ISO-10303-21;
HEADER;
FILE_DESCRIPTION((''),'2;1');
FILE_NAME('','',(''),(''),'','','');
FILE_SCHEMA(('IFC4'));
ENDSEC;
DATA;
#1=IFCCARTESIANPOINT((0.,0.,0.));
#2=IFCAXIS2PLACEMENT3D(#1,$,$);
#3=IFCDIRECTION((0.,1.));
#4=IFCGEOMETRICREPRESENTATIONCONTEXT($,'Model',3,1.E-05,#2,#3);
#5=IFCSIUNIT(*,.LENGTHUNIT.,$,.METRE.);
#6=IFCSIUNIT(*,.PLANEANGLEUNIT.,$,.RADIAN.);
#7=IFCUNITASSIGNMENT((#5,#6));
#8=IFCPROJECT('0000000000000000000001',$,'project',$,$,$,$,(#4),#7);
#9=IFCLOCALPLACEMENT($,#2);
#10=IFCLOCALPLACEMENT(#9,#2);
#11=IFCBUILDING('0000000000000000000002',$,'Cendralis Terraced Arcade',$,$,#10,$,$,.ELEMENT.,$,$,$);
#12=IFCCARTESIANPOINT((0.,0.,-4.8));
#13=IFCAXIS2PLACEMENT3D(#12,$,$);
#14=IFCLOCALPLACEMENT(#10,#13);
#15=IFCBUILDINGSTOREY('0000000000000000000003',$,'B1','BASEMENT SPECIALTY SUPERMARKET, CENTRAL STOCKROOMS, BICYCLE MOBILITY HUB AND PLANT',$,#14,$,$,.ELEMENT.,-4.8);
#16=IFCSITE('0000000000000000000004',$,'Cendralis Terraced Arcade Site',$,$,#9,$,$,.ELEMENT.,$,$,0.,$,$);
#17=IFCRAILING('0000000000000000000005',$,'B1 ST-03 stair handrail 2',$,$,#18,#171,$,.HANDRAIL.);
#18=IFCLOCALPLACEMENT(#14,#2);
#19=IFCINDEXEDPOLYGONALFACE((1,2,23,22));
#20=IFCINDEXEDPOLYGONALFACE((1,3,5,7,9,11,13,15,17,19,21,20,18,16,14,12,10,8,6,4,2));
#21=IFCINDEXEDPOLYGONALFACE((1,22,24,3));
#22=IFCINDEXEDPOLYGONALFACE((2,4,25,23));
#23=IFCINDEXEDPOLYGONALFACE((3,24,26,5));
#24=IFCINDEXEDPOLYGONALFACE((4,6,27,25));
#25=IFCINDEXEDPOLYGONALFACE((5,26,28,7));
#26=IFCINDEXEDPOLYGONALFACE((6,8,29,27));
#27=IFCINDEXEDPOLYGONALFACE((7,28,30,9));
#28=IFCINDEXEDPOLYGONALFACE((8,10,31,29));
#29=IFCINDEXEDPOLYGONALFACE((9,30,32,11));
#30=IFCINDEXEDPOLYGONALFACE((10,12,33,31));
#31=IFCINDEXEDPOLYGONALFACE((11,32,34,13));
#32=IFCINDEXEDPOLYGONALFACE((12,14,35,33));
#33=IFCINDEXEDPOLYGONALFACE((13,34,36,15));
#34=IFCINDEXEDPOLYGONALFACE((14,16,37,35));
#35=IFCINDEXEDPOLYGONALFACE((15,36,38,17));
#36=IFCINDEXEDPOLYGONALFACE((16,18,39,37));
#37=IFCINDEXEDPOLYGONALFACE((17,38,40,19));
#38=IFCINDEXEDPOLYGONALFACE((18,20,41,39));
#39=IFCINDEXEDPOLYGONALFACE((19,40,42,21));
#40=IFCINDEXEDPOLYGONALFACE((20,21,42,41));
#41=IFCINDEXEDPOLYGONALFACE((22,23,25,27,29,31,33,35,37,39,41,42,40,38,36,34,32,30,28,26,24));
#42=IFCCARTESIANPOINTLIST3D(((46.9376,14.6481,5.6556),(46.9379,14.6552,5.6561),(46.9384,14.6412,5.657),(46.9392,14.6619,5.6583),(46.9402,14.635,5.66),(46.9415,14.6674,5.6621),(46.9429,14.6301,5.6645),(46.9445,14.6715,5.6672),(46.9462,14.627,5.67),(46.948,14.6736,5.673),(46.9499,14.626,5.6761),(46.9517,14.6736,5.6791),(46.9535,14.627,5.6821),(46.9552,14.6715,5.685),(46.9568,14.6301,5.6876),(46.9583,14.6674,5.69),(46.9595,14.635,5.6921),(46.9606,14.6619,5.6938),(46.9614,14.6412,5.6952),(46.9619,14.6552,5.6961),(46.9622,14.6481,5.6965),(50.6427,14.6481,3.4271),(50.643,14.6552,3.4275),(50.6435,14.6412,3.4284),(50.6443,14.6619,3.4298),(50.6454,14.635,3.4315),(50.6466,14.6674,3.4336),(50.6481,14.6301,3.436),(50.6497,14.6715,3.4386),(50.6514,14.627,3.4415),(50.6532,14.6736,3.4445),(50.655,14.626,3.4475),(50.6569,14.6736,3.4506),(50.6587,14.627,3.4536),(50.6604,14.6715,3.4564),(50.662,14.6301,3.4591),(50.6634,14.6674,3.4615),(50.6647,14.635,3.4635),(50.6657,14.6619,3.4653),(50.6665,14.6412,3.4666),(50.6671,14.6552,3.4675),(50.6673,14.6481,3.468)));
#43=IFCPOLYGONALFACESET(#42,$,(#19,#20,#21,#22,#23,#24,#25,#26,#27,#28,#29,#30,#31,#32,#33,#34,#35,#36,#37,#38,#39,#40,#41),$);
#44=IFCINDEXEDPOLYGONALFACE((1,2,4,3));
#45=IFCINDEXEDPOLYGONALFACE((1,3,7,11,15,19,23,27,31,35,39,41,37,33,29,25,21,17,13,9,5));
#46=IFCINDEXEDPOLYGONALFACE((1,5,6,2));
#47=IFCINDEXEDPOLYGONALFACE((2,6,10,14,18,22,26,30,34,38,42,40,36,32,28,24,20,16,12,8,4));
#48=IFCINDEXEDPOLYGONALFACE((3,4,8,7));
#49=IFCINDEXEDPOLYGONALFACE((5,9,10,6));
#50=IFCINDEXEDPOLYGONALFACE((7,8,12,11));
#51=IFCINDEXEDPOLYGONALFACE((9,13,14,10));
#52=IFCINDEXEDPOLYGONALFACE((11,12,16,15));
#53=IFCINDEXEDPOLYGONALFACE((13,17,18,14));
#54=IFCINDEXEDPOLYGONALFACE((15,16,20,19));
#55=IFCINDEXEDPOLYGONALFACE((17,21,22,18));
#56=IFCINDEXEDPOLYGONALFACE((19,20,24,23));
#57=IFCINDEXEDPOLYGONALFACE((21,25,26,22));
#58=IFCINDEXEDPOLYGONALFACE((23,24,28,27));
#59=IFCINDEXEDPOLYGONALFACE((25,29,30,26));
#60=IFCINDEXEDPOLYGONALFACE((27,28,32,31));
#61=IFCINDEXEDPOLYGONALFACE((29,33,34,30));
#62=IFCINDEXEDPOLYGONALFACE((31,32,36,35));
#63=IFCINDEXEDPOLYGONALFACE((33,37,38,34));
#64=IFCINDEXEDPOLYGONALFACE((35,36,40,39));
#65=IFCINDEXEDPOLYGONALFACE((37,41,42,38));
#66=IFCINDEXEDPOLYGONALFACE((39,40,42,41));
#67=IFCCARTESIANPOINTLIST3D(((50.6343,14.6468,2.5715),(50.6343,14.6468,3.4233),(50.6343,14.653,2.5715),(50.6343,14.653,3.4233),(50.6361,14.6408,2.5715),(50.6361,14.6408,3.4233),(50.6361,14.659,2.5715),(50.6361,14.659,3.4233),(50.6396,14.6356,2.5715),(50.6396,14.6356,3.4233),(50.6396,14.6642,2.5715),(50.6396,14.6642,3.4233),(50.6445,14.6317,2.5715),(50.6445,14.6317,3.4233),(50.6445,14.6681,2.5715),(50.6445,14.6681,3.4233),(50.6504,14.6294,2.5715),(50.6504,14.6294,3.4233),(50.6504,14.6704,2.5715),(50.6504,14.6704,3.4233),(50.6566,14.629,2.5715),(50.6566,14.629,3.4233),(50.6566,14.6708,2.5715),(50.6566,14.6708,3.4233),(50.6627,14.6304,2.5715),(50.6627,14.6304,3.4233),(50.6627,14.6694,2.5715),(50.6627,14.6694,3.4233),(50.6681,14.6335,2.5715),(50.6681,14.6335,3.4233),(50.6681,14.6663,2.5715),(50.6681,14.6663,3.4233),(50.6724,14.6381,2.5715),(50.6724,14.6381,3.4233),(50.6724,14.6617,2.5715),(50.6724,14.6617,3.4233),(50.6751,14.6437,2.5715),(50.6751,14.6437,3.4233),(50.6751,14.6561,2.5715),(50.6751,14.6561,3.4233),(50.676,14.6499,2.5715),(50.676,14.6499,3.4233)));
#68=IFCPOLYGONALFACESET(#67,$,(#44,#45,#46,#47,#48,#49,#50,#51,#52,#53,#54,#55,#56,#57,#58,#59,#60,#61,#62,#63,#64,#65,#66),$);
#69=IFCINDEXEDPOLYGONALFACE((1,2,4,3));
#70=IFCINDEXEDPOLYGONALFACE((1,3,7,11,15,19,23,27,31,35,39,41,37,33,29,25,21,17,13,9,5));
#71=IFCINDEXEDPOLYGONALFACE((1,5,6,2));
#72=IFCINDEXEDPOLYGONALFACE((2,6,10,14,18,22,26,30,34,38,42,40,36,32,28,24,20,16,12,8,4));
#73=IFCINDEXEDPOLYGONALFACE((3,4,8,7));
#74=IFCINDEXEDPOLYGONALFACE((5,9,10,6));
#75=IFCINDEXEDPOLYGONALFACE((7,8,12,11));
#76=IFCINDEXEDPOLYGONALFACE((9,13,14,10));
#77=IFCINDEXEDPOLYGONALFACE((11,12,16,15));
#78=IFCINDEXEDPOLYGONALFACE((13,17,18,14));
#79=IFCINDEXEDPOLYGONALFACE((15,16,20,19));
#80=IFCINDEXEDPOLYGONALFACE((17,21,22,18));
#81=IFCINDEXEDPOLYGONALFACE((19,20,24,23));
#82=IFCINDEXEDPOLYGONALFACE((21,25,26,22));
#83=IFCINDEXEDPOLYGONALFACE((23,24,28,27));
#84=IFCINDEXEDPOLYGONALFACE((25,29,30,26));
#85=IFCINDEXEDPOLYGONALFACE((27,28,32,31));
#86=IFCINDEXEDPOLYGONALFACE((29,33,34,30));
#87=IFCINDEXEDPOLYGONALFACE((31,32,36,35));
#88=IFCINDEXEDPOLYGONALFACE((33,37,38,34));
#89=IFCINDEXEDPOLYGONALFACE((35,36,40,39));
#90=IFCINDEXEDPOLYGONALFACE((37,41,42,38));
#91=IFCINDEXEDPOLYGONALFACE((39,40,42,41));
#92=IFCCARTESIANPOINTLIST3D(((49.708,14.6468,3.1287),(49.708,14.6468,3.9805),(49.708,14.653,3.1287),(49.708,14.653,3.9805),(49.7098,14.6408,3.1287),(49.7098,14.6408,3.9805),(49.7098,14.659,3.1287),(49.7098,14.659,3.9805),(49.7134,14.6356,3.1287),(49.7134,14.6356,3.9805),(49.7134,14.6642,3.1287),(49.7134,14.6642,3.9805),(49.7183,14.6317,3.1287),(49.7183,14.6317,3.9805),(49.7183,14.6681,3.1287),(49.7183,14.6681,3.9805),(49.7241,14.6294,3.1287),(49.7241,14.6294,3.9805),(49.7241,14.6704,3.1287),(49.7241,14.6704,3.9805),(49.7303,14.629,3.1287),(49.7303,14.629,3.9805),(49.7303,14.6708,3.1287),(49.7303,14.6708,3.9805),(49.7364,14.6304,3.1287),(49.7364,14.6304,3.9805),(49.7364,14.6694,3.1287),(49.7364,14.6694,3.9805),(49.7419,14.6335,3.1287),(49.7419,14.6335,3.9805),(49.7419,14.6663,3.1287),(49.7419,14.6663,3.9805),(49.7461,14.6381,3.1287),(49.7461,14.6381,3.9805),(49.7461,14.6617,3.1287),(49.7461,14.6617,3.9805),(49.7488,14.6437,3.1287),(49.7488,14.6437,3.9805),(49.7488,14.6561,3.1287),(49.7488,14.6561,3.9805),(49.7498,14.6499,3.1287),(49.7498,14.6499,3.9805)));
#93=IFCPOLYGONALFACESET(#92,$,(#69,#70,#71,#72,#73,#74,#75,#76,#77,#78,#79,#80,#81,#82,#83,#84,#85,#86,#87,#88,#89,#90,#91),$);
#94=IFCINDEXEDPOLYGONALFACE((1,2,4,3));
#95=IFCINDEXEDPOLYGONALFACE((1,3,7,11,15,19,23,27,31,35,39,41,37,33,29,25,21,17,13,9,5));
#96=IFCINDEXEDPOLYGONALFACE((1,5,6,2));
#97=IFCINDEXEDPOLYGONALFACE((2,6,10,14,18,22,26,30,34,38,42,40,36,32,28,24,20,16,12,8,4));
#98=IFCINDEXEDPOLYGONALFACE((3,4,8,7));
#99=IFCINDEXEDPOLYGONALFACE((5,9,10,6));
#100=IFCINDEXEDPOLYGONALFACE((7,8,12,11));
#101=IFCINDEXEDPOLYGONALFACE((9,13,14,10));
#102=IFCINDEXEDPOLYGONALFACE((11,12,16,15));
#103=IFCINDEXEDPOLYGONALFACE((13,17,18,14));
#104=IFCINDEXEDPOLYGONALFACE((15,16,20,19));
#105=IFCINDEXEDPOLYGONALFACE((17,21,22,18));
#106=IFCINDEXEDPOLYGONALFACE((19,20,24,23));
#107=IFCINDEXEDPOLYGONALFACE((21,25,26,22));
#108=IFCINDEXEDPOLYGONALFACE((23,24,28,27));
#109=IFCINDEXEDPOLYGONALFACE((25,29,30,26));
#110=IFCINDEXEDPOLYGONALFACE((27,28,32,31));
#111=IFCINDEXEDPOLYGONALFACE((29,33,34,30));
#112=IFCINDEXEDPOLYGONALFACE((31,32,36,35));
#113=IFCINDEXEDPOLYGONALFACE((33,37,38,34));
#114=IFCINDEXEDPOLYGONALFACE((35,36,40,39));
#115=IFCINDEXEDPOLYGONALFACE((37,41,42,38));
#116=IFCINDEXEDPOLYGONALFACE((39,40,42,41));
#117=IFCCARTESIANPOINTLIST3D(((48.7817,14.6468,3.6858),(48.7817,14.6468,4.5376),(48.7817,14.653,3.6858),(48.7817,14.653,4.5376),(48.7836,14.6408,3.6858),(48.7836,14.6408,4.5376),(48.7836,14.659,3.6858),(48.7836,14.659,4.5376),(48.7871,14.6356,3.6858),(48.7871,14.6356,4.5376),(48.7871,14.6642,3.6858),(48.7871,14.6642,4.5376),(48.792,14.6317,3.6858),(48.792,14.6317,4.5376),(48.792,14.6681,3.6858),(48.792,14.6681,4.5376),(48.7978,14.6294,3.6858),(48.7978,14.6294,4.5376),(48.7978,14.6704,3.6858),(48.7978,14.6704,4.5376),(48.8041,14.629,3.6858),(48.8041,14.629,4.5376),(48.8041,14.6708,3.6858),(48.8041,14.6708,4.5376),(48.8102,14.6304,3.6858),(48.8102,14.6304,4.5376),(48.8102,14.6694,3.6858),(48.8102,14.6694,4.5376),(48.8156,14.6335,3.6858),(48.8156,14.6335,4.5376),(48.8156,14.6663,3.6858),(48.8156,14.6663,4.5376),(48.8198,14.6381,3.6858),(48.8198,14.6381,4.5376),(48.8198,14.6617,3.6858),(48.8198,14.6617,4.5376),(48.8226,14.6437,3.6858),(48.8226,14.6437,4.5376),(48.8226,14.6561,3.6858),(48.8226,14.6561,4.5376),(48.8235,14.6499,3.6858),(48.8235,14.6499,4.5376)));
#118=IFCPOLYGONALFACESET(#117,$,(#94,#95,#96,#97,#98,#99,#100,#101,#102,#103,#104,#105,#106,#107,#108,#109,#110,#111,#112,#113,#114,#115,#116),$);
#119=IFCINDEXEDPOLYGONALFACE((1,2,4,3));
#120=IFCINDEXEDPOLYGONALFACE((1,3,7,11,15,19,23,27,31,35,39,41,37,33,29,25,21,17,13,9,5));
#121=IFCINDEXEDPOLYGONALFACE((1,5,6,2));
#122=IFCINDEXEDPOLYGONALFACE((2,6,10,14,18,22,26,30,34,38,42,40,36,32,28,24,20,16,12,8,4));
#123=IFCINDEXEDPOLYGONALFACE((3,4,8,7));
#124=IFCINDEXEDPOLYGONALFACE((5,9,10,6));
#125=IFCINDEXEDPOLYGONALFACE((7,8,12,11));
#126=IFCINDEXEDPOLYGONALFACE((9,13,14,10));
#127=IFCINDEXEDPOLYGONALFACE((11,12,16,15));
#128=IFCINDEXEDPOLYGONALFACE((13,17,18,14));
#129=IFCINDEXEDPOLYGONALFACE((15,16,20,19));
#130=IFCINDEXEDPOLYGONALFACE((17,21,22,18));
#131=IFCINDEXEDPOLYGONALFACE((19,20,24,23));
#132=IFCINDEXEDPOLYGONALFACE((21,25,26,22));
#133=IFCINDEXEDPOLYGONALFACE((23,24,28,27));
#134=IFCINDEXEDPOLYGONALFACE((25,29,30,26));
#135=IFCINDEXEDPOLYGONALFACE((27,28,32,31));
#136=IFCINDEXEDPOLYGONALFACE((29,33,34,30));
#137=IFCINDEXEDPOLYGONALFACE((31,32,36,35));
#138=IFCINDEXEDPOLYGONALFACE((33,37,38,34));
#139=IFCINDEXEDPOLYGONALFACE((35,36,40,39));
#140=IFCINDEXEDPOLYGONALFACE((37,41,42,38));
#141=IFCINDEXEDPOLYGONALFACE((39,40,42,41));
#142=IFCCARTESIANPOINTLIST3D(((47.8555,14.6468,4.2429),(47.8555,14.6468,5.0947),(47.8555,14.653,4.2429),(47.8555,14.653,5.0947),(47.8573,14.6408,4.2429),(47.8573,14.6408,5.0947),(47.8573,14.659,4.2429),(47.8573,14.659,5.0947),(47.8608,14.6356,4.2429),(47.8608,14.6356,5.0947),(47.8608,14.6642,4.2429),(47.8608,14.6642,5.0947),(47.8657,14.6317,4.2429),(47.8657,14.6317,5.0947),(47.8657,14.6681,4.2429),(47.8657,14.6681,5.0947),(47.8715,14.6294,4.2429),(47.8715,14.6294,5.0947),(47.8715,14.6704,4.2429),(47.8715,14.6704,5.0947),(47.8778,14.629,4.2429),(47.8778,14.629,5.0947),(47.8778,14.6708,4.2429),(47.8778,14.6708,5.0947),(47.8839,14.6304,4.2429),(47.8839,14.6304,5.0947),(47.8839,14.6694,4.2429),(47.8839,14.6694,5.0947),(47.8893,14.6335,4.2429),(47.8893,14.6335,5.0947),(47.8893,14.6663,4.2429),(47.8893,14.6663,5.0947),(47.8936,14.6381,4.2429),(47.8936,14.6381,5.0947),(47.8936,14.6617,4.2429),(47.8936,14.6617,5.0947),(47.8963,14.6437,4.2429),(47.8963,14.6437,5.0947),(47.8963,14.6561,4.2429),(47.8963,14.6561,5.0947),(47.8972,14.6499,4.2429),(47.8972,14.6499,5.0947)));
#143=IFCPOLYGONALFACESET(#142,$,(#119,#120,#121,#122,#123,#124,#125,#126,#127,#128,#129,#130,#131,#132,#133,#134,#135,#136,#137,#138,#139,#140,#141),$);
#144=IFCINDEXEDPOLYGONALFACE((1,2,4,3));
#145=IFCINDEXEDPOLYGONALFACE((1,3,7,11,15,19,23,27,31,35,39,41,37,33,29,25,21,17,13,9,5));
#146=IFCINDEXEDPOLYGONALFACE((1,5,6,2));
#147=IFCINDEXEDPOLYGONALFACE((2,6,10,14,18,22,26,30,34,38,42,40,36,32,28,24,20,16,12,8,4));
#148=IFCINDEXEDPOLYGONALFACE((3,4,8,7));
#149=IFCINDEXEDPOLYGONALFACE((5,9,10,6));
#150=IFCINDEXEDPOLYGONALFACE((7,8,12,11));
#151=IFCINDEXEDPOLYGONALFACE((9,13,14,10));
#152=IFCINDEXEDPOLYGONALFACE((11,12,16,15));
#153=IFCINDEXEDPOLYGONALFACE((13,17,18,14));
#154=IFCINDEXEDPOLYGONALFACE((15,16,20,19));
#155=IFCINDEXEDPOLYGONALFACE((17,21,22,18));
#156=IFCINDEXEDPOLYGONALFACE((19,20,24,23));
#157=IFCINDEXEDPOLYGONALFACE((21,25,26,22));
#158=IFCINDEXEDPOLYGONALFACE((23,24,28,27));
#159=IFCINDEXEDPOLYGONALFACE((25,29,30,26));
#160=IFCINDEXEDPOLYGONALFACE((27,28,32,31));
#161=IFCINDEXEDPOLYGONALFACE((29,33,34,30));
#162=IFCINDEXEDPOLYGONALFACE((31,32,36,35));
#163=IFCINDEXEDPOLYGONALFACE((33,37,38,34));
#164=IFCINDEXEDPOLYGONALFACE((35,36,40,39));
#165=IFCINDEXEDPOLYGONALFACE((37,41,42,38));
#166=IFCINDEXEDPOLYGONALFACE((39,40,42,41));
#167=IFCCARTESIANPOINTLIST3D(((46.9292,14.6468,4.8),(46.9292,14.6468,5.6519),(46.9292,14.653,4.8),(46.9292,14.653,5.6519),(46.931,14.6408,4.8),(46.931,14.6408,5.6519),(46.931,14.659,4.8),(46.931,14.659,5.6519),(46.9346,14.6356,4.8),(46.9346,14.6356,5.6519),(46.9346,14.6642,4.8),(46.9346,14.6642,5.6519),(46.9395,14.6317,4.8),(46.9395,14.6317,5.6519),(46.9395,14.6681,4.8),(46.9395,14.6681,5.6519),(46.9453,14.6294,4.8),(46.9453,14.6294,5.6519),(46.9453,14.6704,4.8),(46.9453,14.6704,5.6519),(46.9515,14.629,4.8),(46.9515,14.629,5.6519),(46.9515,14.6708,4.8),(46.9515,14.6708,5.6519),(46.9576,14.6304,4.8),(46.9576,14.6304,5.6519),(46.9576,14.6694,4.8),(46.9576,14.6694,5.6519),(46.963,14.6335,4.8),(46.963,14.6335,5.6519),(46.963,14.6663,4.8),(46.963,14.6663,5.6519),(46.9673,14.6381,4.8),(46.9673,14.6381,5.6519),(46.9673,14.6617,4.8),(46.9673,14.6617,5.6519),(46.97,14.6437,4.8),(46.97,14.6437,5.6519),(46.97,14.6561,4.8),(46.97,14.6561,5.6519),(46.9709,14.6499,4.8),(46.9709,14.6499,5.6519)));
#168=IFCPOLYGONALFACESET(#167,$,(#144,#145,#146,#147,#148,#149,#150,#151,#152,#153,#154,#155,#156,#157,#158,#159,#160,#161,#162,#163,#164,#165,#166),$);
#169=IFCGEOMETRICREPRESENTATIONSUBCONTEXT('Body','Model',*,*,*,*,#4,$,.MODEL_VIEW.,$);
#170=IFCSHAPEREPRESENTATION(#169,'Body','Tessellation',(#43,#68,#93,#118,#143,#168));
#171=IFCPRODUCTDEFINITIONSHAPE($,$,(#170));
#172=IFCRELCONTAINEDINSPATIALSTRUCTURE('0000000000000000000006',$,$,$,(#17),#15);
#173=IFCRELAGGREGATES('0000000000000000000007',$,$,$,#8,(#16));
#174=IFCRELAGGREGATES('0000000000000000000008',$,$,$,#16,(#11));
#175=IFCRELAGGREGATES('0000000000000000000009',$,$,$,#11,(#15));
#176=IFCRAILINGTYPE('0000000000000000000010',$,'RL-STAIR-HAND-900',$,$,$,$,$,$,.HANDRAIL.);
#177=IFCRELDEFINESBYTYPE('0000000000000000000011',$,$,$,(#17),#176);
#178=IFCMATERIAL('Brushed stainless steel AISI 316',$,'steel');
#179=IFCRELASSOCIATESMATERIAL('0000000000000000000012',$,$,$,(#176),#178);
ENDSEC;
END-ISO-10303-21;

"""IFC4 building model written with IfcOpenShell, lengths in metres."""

from ifc_helpers import new_model, si_unit, direction, frame, origin, origin_2d, place, context, subcontext, project, spatial, circle, extrude, material, type_object, element, save


model = new_model("IFC4")

# Units and contexts
model_context = context("Model", 3, precision=1e-05, world=origin(), true_north=direction((0.0, 1.0)))
body_context = subcontext(model_context, "Body", "Model", "MODEL_VIEW")
ifc_project = project(units=[si_unit("LENGTHUNIT", "METRE"), si_unit("PLANEANGLEUNIT", "RADIAN")], contexts=[model_context])

# Site, building, storey
site_placement = place(None, origin())
site = spatial("IfcSite", under=ifc_project, at=site_placement, Name="Cendralis Terraced Arcade Site", CompositionType="ELEMENT", RefElevation=0.0)
building_placement = place(site_placement, origin())
building = spatial("IfcBuilding", under=site, at=building_placement, Name="Cendralis Terraced Arcade", CompositionType="ELEMENT")
storey_placement = place(building_placement, frame((0.0, 0.0, -4.8)))
storey = spatial("IfcBuildingStorey", under=building, at=storey_placement, Name="B1", Description="BASEMENT SPECIALTY SUPERMARKET, CENTRAL STOCKROOMS, BICYCLE MOBILITY HUB AND PLANT", CompositionType="ELEMENT", Elevation=-4.8)

# Railing
ifc_material_1 = material(Name="Brushed stainless steel AISI 316", Category="steel")
railing_type_1 = type_object("IfcRailingType", Name="RL-STAIR-HAND-900", PredefinedType="HANDRAIL", material=ifc_material_1)
railing_1_placement = place(storey_placement, frame((50.655, 14.6499, 2.5715)))
element("IfcRailing", 1, at=railing_1_placement, inside=storey, type_object=railing_type_1, Name="B1 ST-03 stair handrail 2", PredefinedType="HANDRAIL", context=body_context, shape_type="SweptSolid", body=[
    extrude(circle(Radius=0.0239, at=origin_2d()), frame((0.0, 0.0, 0.876), z_axis=(-0.856934, 0.0, 0.515425), x_axis=(0.0, -1.0, 0.0)), (0.0, 0.0, 1.0), 4.3237),
    extrude(circle(Radius=0.021, at=origin_2d()), origin(), (0.0, 0.0, 1.0), 0.8518),
    extrude(circle(Radius=0.021, at=origin_2d()), frame((-0.9263, 0.0, 0.5571)), (0.0, 0.0, 1.0), 0.8518),
    extrude(circle(Radius=0.021, at=origin_2d()), frame((-1.8525, 0.0, 1.1143)), (0.0, 0.0, 1.0), 0.8518),
    extrude(circle(Radius=0.021, at=origin_2d()), frame((-2.7788, 0.0, 1.6714)), (0.0, 0.0, 1.0), 0.8518),
    extrude(circle(Radius=0.021, at=origin_2d()), frame((-3.7051, 0.0, 2.2285)), (0.0, 0.0, 1.0), 0.8518),
])

save(model, "model.ifc")
